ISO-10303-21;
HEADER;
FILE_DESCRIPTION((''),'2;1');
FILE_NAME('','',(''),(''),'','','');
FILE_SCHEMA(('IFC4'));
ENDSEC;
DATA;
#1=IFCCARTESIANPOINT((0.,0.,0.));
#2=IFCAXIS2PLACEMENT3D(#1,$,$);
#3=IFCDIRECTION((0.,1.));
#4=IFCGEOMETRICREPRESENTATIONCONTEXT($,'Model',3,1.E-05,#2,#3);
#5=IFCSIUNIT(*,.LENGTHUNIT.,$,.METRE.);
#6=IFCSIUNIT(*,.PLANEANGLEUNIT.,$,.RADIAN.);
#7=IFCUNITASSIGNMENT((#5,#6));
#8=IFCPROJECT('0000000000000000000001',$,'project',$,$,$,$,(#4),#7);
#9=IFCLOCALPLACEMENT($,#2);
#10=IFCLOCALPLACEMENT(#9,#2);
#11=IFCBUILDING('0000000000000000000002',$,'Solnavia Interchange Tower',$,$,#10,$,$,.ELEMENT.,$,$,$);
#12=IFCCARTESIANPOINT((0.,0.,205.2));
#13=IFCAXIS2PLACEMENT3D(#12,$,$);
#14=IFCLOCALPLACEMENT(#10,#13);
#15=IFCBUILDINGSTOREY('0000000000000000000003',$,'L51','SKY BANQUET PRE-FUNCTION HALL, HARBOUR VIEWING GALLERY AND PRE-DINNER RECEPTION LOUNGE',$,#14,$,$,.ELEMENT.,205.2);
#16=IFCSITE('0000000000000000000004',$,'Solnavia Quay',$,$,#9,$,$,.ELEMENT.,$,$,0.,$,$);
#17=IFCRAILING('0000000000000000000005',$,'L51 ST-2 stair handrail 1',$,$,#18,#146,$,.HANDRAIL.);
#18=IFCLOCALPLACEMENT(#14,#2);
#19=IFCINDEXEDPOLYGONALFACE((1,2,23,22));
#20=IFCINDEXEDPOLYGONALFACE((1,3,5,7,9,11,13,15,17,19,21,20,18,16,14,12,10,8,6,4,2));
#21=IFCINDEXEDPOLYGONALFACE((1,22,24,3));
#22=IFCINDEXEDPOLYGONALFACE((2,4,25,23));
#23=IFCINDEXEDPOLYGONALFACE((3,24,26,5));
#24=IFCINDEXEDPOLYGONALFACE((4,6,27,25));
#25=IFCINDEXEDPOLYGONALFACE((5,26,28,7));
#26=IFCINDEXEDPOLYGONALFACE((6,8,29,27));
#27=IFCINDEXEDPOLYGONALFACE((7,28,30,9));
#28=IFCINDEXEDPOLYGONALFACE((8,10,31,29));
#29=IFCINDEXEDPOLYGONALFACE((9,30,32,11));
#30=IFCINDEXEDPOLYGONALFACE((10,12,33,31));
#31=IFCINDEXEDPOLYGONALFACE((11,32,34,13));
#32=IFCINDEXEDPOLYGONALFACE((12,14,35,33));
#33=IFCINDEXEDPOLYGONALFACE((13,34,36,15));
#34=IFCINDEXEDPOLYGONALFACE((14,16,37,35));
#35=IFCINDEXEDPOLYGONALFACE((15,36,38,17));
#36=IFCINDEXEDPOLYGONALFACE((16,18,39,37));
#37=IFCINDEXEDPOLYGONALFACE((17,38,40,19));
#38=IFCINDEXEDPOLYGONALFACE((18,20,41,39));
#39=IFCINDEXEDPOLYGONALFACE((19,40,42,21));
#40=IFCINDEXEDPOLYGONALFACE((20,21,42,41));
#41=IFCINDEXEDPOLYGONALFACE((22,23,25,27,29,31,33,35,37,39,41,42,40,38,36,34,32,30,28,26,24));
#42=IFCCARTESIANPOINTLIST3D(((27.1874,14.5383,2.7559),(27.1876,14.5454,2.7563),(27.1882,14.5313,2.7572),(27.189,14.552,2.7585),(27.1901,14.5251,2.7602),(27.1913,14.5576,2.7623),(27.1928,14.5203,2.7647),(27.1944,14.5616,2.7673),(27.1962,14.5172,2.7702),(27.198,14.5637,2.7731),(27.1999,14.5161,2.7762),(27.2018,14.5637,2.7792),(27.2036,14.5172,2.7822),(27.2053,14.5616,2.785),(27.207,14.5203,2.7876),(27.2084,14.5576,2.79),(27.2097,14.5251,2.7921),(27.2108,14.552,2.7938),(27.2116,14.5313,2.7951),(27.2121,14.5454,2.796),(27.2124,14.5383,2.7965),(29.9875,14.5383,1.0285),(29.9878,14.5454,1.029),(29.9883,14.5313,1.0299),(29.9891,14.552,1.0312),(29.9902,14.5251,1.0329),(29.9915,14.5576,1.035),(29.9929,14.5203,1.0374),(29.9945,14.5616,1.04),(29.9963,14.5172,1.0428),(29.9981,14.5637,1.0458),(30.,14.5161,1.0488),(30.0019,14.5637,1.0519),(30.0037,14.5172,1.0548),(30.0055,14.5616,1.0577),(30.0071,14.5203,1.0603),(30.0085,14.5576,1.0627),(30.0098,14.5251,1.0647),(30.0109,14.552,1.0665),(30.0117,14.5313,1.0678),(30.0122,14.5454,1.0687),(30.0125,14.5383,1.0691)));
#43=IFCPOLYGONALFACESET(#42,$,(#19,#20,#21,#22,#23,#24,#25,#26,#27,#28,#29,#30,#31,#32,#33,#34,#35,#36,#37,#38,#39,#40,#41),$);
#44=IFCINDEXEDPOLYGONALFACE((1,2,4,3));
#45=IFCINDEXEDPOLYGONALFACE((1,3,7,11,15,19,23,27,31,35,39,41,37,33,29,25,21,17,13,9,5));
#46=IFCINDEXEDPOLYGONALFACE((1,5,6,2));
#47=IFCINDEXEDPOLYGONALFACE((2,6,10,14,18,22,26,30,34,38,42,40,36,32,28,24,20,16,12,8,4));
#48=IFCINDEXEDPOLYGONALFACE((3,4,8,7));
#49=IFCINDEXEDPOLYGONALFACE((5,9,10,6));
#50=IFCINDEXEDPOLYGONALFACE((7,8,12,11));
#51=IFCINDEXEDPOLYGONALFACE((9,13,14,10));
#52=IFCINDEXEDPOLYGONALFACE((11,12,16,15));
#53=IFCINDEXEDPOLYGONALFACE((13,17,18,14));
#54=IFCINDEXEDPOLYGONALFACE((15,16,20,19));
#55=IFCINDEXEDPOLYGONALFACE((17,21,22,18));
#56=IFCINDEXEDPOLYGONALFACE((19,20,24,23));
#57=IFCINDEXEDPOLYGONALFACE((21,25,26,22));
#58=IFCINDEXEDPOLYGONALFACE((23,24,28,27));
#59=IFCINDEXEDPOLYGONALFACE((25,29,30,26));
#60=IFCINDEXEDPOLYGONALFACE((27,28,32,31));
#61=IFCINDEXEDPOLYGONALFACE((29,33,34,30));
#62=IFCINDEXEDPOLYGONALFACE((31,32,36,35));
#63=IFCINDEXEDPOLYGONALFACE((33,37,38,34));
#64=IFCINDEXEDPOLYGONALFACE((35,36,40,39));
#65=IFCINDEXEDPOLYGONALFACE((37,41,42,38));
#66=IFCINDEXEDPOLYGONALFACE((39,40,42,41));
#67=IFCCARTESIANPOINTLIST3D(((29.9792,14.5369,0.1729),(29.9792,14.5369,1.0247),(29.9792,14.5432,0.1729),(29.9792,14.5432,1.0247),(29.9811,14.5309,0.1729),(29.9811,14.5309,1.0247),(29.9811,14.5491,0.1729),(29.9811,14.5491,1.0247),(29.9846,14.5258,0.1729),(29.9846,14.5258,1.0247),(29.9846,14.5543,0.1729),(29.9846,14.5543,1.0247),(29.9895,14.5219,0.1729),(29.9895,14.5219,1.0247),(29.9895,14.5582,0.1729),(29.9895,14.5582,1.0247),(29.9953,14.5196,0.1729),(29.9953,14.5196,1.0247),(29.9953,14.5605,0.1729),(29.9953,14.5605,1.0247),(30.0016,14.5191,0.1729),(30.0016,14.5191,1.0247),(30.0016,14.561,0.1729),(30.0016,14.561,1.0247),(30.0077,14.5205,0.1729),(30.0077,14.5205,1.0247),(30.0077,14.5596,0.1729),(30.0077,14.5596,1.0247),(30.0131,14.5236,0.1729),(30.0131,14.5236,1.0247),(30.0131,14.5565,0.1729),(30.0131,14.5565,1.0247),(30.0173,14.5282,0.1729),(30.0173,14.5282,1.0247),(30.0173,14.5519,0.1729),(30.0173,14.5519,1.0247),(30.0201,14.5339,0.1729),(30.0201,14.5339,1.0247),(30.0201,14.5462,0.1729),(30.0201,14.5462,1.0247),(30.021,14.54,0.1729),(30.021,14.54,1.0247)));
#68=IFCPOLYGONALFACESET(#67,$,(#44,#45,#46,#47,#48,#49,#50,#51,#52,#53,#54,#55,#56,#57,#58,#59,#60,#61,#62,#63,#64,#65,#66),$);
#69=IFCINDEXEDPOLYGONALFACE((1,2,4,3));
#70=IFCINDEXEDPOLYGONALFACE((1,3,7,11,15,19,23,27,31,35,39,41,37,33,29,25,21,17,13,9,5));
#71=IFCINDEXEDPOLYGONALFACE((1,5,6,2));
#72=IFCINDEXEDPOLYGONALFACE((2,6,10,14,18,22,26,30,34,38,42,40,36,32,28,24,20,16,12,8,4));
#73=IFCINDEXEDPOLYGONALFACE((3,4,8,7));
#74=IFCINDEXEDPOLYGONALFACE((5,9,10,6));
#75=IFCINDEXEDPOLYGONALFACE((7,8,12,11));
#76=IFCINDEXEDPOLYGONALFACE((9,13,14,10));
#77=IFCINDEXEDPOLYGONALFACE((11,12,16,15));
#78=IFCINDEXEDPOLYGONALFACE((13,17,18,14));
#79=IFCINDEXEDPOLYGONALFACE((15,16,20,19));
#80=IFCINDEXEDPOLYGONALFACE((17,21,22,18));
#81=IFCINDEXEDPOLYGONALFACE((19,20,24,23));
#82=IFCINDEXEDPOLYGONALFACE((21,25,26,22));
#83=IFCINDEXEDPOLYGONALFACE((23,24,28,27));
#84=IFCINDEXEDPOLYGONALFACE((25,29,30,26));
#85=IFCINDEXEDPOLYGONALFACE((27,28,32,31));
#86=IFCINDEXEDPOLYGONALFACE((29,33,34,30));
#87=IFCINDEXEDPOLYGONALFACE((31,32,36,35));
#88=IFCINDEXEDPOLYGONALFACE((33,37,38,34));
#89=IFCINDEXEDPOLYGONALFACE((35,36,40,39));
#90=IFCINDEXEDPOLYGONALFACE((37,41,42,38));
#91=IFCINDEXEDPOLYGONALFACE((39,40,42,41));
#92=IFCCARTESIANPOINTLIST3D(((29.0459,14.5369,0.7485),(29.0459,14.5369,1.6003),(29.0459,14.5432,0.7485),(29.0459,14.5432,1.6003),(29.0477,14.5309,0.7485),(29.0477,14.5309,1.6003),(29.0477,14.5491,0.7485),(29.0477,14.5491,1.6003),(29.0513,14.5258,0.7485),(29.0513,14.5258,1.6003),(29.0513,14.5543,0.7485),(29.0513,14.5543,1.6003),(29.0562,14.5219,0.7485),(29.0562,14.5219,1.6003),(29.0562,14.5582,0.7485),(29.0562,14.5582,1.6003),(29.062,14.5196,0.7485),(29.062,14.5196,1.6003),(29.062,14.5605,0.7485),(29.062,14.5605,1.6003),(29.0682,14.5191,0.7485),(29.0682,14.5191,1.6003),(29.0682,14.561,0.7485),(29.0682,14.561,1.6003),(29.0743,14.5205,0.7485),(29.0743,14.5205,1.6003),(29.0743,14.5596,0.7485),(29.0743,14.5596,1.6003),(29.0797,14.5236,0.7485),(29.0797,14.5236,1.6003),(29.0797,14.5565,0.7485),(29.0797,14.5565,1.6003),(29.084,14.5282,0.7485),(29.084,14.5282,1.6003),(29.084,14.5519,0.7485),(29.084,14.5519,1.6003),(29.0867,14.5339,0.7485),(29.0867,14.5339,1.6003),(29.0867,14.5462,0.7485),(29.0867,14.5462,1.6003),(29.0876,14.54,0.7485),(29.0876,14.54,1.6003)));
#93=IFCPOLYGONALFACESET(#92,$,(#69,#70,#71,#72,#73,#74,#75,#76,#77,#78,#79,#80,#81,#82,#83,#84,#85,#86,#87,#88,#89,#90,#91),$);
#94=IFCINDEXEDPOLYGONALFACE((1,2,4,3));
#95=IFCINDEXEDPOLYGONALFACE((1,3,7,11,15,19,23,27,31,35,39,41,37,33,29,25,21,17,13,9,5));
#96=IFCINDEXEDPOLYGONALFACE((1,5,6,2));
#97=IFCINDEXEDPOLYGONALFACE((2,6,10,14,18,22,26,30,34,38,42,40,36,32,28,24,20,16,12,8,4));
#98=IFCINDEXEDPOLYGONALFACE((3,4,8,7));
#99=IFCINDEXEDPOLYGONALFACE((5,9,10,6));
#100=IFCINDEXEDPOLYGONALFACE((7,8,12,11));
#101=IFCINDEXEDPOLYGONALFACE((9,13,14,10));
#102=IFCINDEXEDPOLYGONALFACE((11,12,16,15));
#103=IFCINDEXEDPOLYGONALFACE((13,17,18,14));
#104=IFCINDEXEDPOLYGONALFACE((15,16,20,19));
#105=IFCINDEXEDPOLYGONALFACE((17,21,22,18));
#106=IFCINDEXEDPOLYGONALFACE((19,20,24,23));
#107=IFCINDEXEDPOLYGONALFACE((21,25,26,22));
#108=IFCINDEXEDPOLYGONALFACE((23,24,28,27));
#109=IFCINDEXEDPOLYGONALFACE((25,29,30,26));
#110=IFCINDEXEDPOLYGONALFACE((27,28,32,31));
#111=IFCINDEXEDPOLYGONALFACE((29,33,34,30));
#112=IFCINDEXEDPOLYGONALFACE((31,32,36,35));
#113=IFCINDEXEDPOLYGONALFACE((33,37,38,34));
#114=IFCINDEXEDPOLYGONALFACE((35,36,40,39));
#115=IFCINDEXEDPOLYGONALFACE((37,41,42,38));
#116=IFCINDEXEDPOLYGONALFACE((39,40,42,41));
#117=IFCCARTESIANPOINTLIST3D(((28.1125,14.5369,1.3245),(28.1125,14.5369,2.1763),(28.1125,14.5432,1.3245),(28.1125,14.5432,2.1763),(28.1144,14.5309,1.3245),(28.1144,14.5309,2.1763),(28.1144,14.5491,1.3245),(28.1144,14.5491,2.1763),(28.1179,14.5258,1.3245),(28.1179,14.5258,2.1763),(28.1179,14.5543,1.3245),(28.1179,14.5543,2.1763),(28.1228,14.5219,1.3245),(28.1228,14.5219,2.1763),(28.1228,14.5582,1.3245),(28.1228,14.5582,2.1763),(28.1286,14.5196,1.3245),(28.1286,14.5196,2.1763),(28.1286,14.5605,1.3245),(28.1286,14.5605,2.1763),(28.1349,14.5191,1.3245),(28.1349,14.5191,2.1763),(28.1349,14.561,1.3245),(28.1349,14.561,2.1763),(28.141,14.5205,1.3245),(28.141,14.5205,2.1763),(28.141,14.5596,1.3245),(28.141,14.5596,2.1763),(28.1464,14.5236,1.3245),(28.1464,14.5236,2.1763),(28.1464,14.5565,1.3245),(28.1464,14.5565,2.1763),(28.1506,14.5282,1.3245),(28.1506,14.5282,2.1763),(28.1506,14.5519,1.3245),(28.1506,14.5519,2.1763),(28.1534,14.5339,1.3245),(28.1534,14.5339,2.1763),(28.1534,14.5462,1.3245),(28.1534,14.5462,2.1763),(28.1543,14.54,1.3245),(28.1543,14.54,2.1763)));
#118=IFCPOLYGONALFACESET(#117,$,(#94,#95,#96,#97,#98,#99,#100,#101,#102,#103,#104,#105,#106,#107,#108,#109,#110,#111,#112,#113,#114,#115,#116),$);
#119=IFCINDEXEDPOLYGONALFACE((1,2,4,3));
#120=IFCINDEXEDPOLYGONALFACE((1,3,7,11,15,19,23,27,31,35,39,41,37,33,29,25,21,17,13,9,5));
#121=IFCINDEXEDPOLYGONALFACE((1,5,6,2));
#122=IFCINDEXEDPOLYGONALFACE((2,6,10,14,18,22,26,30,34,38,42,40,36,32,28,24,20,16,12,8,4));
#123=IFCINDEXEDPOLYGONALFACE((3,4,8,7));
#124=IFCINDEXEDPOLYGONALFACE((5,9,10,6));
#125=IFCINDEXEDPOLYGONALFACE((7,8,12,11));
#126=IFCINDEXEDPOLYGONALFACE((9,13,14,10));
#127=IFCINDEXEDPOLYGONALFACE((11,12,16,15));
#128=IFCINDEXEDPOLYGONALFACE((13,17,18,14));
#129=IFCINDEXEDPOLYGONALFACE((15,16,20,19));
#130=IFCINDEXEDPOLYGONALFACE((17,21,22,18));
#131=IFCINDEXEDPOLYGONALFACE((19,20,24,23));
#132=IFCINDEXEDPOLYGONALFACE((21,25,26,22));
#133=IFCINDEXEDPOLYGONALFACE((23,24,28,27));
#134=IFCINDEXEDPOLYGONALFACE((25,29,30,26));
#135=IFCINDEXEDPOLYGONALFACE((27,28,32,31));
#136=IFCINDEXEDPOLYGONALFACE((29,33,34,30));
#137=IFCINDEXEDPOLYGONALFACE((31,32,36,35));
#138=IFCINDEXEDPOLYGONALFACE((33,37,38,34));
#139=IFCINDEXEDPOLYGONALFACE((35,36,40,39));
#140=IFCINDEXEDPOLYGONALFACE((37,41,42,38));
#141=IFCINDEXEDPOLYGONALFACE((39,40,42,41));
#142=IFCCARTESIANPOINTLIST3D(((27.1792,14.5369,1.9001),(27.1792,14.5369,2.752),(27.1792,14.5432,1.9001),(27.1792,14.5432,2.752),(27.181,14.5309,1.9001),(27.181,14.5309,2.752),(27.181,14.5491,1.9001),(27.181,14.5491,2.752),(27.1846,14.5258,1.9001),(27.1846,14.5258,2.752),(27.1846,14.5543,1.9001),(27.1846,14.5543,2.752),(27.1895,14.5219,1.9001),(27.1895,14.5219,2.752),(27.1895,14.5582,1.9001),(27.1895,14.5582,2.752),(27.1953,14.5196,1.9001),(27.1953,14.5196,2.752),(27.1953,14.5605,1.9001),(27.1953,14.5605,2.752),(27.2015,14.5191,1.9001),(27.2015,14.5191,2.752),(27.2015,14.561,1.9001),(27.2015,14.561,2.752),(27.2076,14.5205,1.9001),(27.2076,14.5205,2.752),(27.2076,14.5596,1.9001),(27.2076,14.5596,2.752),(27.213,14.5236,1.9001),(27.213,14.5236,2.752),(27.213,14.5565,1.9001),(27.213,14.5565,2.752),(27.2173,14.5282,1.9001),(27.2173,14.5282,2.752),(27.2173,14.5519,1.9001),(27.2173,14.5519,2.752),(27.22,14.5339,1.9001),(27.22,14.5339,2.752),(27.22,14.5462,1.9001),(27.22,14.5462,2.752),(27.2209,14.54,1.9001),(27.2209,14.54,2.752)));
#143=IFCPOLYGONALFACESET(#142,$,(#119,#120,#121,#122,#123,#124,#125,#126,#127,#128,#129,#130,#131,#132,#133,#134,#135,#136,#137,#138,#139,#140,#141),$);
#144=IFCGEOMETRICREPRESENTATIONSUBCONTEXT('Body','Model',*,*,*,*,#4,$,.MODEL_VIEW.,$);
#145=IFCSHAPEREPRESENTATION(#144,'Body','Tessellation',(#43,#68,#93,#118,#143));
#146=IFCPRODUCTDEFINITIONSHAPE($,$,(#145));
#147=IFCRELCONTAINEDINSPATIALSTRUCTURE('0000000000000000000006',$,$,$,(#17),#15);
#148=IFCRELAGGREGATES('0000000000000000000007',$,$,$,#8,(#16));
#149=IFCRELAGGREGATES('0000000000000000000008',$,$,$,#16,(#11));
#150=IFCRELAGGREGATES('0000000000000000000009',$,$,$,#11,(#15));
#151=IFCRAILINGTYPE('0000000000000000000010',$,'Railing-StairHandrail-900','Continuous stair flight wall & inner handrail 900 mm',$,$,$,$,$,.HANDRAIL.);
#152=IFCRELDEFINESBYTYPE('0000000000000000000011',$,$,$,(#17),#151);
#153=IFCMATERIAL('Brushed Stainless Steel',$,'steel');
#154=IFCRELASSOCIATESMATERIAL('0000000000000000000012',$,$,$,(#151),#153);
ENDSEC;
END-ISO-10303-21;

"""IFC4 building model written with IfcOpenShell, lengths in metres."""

from ifc_helpers import new_model, si_unit, direction, frame, origin, origin_2d, place, context, subcontext, project, spatial, circle, extrude, material, type_object, element, save


model = new_model("IFC4")

# Units and contexts
model_context = context("Model", 3, precision=1e-05, world=origin(), true_north=direction((0.0, 1.0)))
body_context = subcontext(model_context, "Body", "Model", "MODEL_VIEW")
ifc_project = project(units=[si_unit("LENGTHUNIT", "METRE"), si_unit("PLANEANGLEUNIT", "RADIAN")], contexts=[model_context])

# Site, building, storey
site_placement = place(None, origin())
site = spatial("IfcSite", under=ifc_project, at=site_placement, Name="Solnavia Quay", CompositionType="ELEMENT", RefElevation=0.0)
building_placement = place(site_placement, origin())
building = spatial("IfcBuilding", under=site, at=building_placement, Name="Solnavia Interchange Tower", CompositionType="ELEMENT")
storey_placement = place(building_placement, frame((0.0, 0.0, 205.2)))
storey = spatial("IfcBuildingStorey", under=building, at=storey_placement, Name="L51", Description="SKY BANQUET PRE-FUNCTION HALL, HARBOUR VIEWING GALLERY AND PRE-DINNER RECEPTION LOUNGE", CompositionType="ELEMENT", Elevation=205.2)

# Railing
ifc_material_1 = material(Name="Brushed Stainless Steel", Category="steel")
railing_type = type_object("IfcRailingType", Name="Railing-StairHandrail-900", Description="Continuous stair flight wall & inner handrail 900 mm", PredefinedType="HANDRAIL", material=ifc_material_1)
railing_placement = place(storey_placement, frame((30.0, 14.54, 0.1729)))
element("IfcRailing", 1, at=railing_placement, inside=storey, type_object=railing_type, Name="L51 ST-2 stair handrail 1", PredefinedType="HANDRAIL", context=body_context, shape_type="SweptSolid", body=[
    extrude(circle(Radius=0.0239, at=origin_2d()), frame((0.0, 0.0, 0.876), z_axis=(-0.85109, 0.0, 0.52502), x_axis=(0.0, -1.0, 0.0)), (0.0, 0.0, 1.0), 3.29),
    extrude(circle(Radius=0.021, at=origin_2d()), origin(), (0.0, 0.0, 1.0), 0.8518),
    extrude(circle(Radius=0.021, at=origin_2d()), frame((-0.9333, 0.0, 0.5757)), (0.0, 0.0, 1.0), 0.8518),
    extrude(circle(Radius=0.021, at=origin_2d()), frame((-1.8667, 0.0, 1.1516)), (0.0, 0.0, 1.0), 0.8518),
    extrude(circle(Radius=0.021, at=origin_2d()), frame((-2.8, 0.0, 1.7273)), (0.0, 0.0, 1.0), 0.8518),
])

save(model, "model.ifc")
